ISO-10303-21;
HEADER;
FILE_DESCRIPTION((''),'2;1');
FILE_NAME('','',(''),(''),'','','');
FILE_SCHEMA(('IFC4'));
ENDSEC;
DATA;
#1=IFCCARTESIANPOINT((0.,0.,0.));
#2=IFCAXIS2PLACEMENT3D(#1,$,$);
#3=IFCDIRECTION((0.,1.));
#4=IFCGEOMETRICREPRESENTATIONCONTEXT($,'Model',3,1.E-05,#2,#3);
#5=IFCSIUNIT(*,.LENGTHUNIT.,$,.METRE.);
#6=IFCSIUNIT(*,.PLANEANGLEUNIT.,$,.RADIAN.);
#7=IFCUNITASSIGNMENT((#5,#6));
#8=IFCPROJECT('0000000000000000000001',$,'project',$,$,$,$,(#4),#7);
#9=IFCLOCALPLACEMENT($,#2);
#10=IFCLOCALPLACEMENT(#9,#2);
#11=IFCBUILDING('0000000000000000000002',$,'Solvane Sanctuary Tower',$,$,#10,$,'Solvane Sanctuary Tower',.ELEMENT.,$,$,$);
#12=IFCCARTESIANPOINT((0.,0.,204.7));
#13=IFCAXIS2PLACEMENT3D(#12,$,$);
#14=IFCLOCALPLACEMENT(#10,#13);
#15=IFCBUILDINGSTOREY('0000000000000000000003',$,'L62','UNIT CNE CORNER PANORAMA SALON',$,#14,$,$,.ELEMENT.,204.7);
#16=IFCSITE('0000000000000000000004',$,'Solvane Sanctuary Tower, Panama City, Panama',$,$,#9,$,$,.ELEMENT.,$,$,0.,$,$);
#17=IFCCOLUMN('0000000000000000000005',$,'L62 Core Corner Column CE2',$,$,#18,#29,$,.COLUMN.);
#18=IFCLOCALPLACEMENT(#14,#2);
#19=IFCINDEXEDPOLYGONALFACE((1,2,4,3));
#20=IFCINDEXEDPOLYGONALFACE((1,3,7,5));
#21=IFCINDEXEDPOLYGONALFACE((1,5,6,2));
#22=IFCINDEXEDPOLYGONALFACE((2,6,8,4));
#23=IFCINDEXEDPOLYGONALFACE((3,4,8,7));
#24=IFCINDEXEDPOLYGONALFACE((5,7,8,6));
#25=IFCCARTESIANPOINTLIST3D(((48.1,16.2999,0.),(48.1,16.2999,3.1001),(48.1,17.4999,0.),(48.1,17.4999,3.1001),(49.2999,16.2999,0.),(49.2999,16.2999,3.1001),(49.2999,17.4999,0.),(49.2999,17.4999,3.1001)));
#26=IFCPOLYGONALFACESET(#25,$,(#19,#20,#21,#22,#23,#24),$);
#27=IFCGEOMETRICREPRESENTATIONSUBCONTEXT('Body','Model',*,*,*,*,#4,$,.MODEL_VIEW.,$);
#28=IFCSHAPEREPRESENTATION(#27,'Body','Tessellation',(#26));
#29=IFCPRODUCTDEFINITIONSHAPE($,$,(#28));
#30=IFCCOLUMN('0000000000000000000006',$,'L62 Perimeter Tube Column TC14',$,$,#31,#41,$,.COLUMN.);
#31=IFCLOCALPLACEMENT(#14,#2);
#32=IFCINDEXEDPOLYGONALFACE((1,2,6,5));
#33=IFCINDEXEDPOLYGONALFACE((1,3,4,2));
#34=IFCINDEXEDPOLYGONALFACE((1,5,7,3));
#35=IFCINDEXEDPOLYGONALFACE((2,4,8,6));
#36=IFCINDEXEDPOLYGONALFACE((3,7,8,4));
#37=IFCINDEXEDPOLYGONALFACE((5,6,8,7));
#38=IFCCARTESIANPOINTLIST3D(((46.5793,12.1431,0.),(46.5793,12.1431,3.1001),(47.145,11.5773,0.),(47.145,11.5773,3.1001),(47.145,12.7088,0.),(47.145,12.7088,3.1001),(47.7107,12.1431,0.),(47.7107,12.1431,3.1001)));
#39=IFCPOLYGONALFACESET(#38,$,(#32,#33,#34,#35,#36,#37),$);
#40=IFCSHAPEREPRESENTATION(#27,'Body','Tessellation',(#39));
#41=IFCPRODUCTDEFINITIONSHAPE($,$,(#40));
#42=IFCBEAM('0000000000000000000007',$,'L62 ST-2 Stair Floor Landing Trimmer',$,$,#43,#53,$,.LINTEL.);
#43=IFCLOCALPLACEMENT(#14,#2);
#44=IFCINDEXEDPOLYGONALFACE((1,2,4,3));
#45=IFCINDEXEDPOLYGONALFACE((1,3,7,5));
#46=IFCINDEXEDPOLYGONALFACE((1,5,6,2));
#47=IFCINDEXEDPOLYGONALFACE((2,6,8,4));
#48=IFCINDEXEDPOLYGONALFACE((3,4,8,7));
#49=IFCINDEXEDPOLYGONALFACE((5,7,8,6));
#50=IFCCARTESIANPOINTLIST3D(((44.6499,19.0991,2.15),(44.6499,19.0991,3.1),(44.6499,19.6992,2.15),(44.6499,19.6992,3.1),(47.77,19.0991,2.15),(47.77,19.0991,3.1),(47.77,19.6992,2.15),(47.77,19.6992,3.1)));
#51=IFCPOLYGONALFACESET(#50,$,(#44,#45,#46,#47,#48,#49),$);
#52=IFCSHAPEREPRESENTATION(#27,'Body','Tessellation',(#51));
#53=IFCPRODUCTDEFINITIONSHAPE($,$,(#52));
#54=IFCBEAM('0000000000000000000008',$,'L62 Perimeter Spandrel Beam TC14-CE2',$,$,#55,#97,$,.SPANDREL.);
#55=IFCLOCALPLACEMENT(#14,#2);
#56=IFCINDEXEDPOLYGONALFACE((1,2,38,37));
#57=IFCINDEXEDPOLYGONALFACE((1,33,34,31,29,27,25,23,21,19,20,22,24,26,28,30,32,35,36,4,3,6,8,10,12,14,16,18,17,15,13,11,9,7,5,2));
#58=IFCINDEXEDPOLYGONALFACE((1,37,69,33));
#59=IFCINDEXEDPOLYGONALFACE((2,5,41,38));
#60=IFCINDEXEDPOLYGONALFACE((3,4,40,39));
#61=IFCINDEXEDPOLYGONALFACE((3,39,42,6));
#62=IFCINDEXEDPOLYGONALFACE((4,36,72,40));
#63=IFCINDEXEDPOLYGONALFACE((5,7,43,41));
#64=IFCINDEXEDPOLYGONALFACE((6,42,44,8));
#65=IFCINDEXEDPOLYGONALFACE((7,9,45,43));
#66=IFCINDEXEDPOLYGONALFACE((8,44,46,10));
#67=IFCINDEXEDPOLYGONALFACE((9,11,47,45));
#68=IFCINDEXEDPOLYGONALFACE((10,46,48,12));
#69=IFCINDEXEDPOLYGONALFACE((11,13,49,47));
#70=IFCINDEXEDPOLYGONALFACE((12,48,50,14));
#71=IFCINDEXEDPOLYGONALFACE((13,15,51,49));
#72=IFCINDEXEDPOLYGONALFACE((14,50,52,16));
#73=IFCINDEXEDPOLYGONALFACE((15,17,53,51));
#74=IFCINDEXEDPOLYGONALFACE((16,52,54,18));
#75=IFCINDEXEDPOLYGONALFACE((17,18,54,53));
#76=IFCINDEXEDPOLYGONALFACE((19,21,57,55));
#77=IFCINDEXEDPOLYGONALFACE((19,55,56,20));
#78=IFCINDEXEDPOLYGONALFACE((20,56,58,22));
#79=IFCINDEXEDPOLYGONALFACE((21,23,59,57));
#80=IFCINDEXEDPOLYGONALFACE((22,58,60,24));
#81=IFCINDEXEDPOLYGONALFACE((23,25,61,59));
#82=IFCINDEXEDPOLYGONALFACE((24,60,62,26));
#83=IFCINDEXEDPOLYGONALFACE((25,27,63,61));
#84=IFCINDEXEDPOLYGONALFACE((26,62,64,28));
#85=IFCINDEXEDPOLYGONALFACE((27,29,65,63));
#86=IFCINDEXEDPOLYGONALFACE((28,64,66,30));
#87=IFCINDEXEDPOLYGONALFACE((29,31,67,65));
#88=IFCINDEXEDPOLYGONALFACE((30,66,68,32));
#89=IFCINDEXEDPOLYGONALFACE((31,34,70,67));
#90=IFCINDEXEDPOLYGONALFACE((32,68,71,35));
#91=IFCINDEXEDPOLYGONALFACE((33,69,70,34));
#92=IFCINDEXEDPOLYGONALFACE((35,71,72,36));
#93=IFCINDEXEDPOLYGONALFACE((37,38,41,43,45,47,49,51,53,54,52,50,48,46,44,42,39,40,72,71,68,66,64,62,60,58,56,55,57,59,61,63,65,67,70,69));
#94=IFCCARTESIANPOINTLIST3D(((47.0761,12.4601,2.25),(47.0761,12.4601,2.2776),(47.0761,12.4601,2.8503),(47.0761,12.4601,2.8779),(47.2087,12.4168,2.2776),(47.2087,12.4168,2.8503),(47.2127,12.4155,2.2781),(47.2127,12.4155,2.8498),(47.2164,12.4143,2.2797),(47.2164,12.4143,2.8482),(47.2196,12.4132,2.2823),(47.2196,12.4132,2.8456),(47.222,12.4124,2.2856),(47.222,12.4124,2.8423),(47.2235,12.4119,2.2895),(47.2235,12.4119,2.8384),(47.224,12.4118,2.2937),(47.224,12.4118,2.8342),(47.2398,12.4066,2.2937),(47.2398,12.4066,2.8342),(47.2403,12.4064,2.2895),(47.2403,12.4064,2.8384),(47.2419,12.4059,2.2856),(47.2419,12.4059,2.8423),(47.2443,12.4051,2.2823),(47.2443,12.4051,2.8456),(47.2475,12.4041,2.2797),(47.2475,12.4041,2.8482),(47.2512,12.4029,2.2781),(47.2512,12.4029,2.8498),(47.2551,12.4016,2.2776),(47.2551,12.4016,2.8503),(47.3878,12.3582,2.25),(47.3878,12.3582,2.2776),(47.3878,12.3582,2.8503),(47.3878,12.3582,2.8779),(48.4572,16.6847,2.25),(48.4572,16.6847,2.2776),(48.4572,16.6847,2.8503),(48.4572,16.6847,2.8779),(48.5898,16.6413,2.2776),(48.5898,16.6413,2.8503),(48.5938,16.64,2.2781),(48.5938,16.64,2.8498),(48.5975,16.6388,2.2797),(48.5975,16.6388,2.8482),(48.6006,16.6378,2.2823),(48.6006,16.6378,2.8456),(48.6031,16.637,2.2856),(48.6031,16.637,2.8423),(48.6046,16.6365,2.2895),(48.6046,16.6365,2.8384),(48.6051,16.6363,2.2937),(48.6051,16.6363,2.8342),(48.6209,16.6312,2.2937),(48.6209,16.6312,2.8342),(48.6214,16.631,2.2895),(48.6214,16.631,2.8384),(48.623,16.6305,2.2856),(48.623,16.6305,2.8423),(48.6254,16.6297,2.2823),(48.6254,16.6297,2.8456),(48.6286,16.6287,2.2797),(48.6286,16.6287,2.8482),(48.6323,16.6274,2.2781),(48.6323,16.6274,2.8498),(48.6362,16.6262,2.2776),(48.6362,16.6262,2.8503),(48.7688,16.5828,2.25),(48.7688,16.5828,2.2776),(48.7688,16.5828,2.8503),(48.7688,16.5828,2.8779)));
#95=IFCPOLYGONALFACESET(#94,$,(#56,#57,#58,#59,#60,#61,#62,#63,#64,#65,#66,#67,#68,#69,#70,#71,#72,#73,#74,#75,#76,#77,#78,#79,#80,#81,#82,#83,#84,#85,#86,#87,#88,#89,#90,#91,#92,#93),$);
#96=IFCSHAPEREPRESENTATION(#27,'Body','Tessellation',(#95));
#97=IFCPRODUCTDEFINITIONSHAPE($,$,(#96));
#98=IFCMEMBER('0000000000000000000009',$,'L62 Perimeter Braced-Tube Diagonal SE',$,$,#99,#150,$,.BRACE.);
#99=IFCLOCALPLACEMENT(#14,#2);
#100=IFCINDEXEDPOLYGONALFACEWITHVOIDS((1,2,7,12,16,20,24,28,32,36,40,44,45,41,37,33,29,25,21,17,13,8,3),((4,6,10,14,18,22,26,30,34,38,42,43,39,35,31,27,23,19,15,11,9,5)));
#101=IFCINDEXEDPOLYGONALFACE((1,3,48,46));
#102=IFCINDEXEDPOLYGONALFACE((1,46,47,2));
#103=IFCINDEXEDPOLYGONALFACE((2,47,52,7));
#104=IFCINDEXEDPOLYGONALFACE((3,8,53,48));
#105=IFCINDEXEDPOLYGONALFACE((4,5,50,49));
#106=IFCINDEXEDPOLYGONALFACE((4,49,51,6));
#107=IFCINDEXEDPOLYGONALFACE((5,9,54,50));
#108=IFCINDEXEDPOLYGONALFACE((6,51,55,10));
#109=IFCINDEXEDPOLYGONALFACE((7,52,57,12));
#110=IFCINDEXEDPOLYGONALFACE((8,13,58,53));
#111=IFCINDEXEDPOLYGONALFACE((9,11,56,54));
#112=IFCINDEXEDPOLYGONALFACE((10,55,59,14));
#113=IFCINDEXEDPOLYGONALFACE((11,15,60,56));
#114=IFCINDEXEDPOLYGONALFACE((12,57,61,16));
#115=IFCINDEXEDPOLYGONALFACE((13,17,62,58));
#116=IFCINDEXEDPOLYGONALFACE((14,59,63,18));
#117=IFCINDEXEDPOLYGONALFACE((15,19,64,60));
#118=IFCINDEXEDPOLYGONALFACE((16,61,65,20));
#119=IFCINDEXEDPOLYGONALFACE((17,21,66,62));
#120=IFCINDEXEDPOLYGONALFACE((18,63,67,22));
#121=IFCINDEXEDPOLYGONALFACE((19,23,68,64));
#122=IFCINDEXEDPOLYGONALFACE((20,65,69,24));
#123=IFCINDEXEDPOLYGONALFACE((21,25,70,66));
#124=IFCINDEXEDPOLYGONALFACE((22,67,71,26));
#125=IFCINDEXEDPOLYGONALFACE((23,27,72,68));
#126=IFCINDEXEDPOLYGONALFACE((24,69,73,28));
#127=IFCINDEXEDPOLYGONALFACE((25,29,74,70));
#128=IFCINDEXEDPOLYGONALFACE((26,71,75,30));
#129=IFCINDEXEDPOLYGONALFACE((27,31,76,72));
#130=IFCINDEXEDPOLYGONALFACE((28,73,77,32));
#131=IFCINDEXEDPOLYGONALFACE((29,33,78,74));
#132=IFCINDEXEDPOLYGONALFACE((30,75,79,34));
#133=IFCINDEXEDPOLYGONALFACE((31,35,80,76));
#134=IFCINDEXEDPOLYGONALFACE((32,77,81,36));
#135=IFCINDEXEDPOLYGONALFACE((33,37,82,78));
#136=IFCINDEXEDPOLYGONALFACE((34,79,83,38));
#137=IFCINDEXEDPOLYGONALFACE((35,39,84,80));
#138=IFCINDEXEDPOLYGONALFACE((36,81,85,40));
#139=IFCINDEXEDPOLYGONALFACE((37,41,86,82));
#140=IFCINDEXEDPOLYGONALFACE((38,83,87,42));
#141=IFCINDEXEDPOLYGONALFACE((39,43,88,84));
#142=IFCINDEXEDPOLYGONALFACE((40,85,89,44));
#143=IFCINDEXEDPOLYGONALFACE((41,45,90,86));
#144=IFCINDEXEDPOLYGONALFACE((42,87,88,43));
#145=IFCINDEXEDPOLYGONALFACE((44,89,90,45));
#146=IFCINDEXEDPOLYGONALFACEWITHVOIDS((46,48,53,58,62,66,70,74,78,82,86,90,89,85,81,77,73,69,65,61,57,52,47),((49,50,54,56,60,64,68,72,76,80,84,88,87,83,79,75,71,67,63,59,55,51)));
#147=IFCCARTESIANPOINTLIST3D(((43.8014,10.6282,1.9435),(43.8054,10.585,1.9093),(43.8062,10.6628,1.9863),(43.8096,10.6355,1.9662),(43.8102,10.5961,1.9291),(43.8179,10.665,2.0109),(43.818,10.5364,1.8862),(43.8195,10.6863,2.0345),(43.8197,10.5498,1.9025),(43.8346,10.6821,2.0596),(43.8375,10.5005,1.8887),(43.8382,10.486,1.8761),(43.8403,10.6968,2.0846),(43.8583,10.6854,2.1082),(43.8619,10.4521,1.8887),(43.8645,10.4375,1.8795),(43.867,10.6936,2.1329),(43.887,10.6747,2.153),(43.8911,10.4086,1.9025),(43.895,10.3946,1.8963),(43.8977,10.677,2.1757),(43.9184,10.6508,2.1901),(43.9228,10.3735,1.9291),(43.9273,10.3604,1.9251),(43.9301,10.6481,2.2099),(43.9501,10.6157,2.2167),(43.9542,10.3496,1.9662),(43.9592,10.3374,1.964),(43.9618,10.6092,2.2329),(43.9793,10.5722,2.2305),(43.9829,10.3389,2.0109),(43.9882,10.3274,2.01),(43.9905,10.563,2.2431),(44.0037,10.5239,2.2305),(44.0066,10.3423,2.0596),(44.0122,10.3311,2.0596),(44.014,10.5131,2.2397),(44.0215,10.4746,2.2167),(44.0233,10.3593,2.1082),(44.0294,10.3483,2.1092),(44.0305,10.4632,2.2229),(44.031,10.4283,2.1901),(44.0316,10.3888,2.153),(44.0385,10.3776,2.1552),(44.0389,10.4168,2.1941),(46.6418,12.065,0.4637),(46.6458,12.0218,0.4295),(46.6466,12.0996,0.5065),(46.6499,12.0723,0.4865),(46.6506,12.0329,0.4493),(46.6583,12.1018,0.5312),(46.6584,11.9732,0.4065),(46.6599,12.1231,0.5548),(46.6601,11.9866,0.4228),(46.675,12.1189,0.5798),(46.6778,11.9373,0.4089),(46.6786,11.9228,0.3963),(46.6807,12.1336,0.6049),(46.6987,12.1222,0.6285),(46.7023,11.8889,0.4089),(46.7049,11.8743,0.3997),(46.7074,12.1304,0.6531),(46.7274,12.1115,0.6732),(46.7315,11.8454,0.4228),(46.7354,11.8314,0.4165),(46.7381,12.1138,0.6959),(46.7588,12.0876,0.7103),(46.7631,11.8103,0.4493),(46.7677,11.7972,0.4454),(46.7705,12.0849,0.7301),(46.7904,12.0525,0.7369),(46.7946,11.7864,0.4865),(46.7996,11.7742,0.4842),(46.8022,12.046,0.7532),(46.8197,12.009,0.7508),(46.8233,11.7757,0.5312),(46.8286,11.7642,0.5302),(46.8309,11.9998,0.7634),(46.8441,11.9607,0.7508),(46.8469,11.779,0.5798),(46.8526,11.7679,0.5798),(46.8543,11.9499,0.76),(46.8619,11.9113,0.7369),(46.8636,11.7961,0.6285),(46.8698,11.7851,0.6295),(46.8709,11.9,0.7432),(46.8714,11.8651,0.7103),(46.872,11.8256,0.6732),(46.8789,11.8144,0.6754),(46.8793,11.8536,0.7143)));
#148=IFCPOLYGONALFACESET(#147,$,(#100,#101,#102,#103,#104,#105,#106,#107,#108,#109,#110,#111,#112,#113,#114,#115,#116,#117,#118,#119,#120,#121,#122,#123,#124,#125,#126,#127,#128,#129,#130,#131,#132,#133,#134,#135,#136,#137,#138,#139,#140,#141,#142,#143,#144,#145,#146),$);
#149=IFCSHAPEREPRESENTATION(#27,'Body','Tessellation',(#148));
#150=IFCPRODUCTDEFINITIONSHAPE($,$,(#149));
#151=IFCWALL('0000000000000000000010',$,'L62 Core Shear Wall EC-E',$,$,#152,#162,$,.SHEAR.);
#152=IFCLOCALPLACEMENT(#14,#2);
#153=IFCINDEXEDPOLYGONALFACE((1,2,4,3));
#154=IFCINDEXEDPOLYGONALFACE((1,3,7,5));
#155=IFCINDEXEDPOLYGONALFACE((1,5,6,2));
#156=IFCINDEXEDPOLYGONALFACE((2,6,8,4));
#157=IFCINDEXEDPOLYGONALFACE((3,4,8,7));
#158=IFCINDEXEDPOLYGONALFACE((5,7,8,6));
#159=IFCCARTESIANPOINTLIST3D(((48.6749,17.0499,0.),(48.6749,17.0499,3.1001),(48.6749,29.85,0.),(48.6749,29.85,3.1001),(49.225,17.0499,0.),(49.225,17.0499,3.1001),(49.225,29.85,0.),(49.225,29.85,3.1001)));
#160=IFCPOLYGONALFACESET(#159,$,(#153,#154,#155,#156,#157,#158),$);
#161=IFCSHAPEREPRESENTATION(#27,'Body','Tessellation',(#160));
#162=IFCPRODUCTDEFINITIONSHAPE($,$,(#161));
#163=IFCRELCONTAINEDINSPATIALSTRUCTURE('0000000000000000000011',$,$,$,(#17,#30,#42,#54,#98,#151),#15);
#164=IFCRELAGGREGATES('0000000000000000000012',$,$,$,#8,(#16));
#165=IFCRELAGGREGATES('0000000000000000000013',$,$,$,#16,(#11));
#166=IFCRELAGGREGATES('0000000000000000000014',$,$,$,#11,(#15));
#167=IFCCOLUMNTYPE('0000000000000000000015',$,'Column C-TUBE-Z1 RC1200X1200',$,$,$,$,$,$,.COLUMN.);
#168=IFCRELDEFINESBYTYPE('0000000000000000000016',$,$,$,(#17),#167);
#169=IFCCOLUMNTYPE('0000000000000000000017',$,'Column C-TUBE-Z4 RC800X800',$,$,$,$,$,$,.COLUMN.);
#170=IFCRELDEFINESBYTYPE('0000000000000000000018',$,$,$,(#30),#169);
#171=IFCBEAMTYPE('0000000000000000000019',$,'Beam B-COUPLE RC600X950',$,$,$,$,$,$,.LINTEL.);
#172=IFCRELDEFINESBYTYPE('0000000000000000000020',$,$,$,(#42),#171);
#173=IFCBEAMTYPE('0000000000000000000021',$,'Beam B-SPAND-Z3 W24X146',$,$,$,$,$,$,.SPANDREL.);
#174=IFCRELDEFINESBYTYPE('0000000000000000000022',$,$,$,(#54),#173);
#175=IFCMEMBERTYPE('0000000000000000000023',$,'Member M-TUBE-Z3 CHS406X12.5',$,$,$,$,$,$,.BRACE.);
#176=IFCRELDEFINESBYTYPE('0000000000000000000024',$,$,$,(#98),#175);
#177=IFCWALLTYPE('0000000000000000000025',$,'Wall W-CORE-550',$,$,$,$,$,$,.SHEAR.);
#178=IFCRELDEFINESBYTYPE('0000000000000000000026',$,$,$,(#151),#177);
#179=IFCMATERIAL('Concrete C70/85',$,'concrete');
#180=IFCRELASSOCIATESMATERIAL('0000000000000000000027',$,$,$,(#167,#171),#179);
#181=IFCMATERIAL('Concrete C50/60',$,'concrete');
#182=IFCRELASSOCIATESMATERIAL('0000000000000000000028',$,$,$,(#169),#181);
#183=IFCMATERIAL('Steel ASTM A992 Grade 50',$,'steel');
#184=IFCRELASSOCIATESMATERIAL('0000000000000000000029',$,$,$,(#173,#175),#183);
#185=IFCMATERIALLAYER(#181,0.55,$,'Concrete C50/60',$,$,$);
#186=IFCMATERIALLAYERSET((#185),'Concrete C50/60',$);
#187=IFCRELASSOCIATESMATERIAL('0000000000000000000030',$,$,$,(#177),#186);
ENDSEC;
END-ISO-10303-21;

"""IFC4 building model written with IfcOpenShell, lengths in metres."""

from ifc_helpers import new_model, si_unit, direction, frame, frame_2d, origin, origin_2d, place, context, subcontext, project, spatial, rectangle, hollow_circle, i_section, extrude, material, layer, layer_set, material_profile, profile_set, type_object, element, save


model = new_model("IFC4")

# Units and contexts
model_context = context("Model", 3, precision=1e-05, world=origin(), true_north=direction((0.0, 1.0)))
body_context = subcontext(model_context, "Body", "Model", "MODEL_VIEW")
ifc_project = project(units=[si_unit("LENGTHUNIT", "METRE"), si_unit("PLANEANGLEUNIT", "RADIAN")], contexts=[model_context])

# Site, building, storey
site_placement = place(None, origin())
site = spatial("IfcSite", under=ifc_project, at=site_placement, Name="Solvane Sanctuary Tower, Panama City, Panama", CompositionType="ELEMENT", RefElevation=0.0)
building_placement = place(site_placement, origin())
building = spatial("IfcBuilding", under=site, at=building_placement, Name="Solvane Sanctuary Tower", LongName="Solvane Sanctuary Tower", CompositionType="ELEMENT")
storey_placement = place(building_placement, frame((0.0, 0.0, 204.7)))
storey = spatial("IfcBuildingStorey", under=building, at=storey_placement, Name="L62", Description="UNIT CNE CORNER PANORAMA SALON", CompositionType="ELEMENT", Elevation=204.7)

# Columns
ifc_material_1 = material(Name="Concrete C70/85", Category="concrete")
ifc_material_profile_1 = material_profile(ifc_material_1, rectangle(XDim=1.2, YDim=1.2, at=origin_2d()), Name="RC1200X1200")
ifc_profile_set_1 = profile_set([ifc_material_profile_1], Name="Concrete C70/85")
column_type_1 = type_object("IfcColumnType", Name="Column C-TUBE-Z1 RC1200X1200", PredefinedType="COLUMN", material=ifc_profile_set_1)
column_1_placement = place(storey_placement, frame((48.7, 16.8999, 0.0), z_axis=(0.0, 0.0, 1.0), x_axis=(1.0, 0.0, 0.0)))
element("IfcColumn", 1, at=column_1_placement, inside=storey, type_object=column_type_1, Name="L62 Core Corner Column CE2", PredefinedType="COLUMN", context=body_context, shape_type="SweptSolid", body=[
    extrude(rectangle(XDim=1.2, YDim=1.2, at=origin_2d()), origin(), (0.0, 0.0, 1.0), 3.1001),
])
ifc_material_2 = material(Name="Concrete C50/60", Category="concrete")
ifc_material_profile_2 = material_profile(ifc_material_2, rectangle(XDim=0.8, YDim=0.8, at=origin_2d()), Name="RC800X800")
ifc_profile_set_2 = profile_set([ifc_material_profile_2], Name="Concrete C50/60")
column_type_2 = type_object("IfcColumnType", Name="Column C-TUBE-Z4 RC800X800", PredefinedType="COLUMN", material=ifc_profile_set_2)
column_2_placement = place(storey_placement, frame((47.145, 12.1431, 0.0), z_axis=(0.0, 0.0, 1.0), x_axis=(0.707107, -0.707107, 0.0)))
element("IfcColumn", 2, at=column_2_placement, inside=storey, type_object=column_type_2, Name="L62 Perimeter Tube Column TC14", PredefinedType="COLUMN", context=body_context, shape_type="SweptSolid", body=[
    extrude(rectangle(XDim=0.8, YDim=0.8, at=origin_2d()), origin(), (0.0, 0.0, 1.0), 3.1001),
])

# Beams
ifc_material_profile_3 = material_profile(ifc_material_1, rectangle(XDim=0.6001, YDim=0.95, at=origin_2d()), Name="RC600X950")
ifc_profile_set_3 = profile_set([ifc_material_profile_3], Name="Concrete C70/85")
beam_type_1 = type_object("IfcBeamType", Name="Beam B-COUPLE RC600X950", PredefinedType="LINTEL", material=ifc_profile_set_3)
beam_1_placement = place(storey_placement, frame((44.6499, 19.3992, 2.625), z_axis=(1.0, 0.0, 0.0), x_axis=(0.0, 1.0, 0.0)))
element("IfcBeam", 3, at=beam_1_placement, inside=storey, type_object=beam_type_1, Name="L62 ST-2 Stair Floor Landing Trimmer", PredefinedType="LINTEL", context=body_context, shape_type="SweptSolid", body=[
    extrude(rectangle(XDim=0.6001, YDim=0.95, at=origin_2d()), origin(), (0.0, 0.0, 1.0), 3.1201),
])
ifc_material_3 = material(Name="Steel ASTM A992 Grade 50", Category="steel")
ifc_material_profile_4 = material_profile(ifc_material_3, i_section(OverallWidth=0.3279, OverallDepth=0.6279, WebThickness=0.0166, FlangeThickness=0.0276, FilletRadius=0.0161, at=origin_2d()), Name="W24X146")
ifc_profile_set_4 = profile_set([ifc_material_profile_4], Name="Steel ASTM A992 Grade 50")
beam_type_2 = type_object("IfcBeamType", Name="Beam B-SPAND-Z3 W24X146", PredefinedType="SPANDREL", material=ifc_profile_set_4)
beam_2_placement = place(storey_placement, frame((47.2319, 12.4092, 2.564), z_axis=(0.310735, 0.950497, 0.0), x_axis=(-0.950497, 0.310735, 0.0)))
element("IfcBeam", 4, at=beam_2_placement, inside=storey, type_object=beam_type_2, Name="L62 Perimeter Spandrel Beam TC14-CE2", PredefinedType="SPANDREL", context=body_context, shape_type="SweptSolid", body=[
    extrude(i_section(OverallWidth=0.3279, OverallDepth=0.6279, WebThickness=0.0166, FlangeThickness=0.0276, FilletRadius=0.0161, at=origin_2d()), origin(), (0.0, 0.0, 1.0), 4.4446),
])

# Member
ifc_material_profile_5 = material_profile(ifc_material_3, hollow_circle(Radius=0.2029, WallThickness=0.0125, at=origin_2d()), Name="CHS406X12.5")
ifc_profile_set_5 = profile_set([ifc_material_profile_5], Name="Steel ASTM A992 Grade 50")
member_type = type_object("IfcMemberType", Name="Member M-TUBE-Z3 CHS406X12.5", PredefinedType="BRACE", material=ifc_profile_set_5)
member_placement = place(storey_placement, frame((46.761, 11.949, 0.5798), z_axis=(-0.809168, -0.409314, 0.421555), x_axis=(0.451381, -0.892331, 0.0)))
element("IfcMember", 5, at=member_placement, inside=storey, type_object=member_type, Name="L62 Perimeter Braced-Tube Diagonal SE", PredefinedType="BRACE", context=body_context, shape_type="SweptSolid", body=[
    extrude(hollow_circle(Radius=0.2029, WallThickness=0.0125, at=origin_2d()), origin(), (0.0, 0.0, 1.0), 3.5103),
])

# Wall
ifc_layer_1 = layer(ifc_material_2, 0.55, Name="Concrete C50/60")
ifc_layer_set_1 = layer_set([ifc_layer_1], Name="Concrete C50/60")
wall_type_1 = type_object("IfcWallType", Name="Wall W-CORE-550", PredefinedType="SHEAR", material=ifc_layer_set_1)
wall_1_placement = place(storey_placement, frame((48.95, 17.05, 0.0), z_axis=(0.0, 0.0, 1.0), x_axis=(0.0, 1.0, 0.0)))
element("IfcWall", 6, at=wall_1_placement, inside=storey, type_object=wall_type_1, Name="L62 Core Shear Wall EC-E", PredefinedType="SHEAR", context=body_context, shape_type="SweptSolid", body=[
    extrude(rectangle(XDim=12.8, YDim=0.55, at=frame_2d((6.3999, 0.0))), origin(), (0.0, 0.0, 1.0), 3.1001),
])

save(model, "model.ifc")
